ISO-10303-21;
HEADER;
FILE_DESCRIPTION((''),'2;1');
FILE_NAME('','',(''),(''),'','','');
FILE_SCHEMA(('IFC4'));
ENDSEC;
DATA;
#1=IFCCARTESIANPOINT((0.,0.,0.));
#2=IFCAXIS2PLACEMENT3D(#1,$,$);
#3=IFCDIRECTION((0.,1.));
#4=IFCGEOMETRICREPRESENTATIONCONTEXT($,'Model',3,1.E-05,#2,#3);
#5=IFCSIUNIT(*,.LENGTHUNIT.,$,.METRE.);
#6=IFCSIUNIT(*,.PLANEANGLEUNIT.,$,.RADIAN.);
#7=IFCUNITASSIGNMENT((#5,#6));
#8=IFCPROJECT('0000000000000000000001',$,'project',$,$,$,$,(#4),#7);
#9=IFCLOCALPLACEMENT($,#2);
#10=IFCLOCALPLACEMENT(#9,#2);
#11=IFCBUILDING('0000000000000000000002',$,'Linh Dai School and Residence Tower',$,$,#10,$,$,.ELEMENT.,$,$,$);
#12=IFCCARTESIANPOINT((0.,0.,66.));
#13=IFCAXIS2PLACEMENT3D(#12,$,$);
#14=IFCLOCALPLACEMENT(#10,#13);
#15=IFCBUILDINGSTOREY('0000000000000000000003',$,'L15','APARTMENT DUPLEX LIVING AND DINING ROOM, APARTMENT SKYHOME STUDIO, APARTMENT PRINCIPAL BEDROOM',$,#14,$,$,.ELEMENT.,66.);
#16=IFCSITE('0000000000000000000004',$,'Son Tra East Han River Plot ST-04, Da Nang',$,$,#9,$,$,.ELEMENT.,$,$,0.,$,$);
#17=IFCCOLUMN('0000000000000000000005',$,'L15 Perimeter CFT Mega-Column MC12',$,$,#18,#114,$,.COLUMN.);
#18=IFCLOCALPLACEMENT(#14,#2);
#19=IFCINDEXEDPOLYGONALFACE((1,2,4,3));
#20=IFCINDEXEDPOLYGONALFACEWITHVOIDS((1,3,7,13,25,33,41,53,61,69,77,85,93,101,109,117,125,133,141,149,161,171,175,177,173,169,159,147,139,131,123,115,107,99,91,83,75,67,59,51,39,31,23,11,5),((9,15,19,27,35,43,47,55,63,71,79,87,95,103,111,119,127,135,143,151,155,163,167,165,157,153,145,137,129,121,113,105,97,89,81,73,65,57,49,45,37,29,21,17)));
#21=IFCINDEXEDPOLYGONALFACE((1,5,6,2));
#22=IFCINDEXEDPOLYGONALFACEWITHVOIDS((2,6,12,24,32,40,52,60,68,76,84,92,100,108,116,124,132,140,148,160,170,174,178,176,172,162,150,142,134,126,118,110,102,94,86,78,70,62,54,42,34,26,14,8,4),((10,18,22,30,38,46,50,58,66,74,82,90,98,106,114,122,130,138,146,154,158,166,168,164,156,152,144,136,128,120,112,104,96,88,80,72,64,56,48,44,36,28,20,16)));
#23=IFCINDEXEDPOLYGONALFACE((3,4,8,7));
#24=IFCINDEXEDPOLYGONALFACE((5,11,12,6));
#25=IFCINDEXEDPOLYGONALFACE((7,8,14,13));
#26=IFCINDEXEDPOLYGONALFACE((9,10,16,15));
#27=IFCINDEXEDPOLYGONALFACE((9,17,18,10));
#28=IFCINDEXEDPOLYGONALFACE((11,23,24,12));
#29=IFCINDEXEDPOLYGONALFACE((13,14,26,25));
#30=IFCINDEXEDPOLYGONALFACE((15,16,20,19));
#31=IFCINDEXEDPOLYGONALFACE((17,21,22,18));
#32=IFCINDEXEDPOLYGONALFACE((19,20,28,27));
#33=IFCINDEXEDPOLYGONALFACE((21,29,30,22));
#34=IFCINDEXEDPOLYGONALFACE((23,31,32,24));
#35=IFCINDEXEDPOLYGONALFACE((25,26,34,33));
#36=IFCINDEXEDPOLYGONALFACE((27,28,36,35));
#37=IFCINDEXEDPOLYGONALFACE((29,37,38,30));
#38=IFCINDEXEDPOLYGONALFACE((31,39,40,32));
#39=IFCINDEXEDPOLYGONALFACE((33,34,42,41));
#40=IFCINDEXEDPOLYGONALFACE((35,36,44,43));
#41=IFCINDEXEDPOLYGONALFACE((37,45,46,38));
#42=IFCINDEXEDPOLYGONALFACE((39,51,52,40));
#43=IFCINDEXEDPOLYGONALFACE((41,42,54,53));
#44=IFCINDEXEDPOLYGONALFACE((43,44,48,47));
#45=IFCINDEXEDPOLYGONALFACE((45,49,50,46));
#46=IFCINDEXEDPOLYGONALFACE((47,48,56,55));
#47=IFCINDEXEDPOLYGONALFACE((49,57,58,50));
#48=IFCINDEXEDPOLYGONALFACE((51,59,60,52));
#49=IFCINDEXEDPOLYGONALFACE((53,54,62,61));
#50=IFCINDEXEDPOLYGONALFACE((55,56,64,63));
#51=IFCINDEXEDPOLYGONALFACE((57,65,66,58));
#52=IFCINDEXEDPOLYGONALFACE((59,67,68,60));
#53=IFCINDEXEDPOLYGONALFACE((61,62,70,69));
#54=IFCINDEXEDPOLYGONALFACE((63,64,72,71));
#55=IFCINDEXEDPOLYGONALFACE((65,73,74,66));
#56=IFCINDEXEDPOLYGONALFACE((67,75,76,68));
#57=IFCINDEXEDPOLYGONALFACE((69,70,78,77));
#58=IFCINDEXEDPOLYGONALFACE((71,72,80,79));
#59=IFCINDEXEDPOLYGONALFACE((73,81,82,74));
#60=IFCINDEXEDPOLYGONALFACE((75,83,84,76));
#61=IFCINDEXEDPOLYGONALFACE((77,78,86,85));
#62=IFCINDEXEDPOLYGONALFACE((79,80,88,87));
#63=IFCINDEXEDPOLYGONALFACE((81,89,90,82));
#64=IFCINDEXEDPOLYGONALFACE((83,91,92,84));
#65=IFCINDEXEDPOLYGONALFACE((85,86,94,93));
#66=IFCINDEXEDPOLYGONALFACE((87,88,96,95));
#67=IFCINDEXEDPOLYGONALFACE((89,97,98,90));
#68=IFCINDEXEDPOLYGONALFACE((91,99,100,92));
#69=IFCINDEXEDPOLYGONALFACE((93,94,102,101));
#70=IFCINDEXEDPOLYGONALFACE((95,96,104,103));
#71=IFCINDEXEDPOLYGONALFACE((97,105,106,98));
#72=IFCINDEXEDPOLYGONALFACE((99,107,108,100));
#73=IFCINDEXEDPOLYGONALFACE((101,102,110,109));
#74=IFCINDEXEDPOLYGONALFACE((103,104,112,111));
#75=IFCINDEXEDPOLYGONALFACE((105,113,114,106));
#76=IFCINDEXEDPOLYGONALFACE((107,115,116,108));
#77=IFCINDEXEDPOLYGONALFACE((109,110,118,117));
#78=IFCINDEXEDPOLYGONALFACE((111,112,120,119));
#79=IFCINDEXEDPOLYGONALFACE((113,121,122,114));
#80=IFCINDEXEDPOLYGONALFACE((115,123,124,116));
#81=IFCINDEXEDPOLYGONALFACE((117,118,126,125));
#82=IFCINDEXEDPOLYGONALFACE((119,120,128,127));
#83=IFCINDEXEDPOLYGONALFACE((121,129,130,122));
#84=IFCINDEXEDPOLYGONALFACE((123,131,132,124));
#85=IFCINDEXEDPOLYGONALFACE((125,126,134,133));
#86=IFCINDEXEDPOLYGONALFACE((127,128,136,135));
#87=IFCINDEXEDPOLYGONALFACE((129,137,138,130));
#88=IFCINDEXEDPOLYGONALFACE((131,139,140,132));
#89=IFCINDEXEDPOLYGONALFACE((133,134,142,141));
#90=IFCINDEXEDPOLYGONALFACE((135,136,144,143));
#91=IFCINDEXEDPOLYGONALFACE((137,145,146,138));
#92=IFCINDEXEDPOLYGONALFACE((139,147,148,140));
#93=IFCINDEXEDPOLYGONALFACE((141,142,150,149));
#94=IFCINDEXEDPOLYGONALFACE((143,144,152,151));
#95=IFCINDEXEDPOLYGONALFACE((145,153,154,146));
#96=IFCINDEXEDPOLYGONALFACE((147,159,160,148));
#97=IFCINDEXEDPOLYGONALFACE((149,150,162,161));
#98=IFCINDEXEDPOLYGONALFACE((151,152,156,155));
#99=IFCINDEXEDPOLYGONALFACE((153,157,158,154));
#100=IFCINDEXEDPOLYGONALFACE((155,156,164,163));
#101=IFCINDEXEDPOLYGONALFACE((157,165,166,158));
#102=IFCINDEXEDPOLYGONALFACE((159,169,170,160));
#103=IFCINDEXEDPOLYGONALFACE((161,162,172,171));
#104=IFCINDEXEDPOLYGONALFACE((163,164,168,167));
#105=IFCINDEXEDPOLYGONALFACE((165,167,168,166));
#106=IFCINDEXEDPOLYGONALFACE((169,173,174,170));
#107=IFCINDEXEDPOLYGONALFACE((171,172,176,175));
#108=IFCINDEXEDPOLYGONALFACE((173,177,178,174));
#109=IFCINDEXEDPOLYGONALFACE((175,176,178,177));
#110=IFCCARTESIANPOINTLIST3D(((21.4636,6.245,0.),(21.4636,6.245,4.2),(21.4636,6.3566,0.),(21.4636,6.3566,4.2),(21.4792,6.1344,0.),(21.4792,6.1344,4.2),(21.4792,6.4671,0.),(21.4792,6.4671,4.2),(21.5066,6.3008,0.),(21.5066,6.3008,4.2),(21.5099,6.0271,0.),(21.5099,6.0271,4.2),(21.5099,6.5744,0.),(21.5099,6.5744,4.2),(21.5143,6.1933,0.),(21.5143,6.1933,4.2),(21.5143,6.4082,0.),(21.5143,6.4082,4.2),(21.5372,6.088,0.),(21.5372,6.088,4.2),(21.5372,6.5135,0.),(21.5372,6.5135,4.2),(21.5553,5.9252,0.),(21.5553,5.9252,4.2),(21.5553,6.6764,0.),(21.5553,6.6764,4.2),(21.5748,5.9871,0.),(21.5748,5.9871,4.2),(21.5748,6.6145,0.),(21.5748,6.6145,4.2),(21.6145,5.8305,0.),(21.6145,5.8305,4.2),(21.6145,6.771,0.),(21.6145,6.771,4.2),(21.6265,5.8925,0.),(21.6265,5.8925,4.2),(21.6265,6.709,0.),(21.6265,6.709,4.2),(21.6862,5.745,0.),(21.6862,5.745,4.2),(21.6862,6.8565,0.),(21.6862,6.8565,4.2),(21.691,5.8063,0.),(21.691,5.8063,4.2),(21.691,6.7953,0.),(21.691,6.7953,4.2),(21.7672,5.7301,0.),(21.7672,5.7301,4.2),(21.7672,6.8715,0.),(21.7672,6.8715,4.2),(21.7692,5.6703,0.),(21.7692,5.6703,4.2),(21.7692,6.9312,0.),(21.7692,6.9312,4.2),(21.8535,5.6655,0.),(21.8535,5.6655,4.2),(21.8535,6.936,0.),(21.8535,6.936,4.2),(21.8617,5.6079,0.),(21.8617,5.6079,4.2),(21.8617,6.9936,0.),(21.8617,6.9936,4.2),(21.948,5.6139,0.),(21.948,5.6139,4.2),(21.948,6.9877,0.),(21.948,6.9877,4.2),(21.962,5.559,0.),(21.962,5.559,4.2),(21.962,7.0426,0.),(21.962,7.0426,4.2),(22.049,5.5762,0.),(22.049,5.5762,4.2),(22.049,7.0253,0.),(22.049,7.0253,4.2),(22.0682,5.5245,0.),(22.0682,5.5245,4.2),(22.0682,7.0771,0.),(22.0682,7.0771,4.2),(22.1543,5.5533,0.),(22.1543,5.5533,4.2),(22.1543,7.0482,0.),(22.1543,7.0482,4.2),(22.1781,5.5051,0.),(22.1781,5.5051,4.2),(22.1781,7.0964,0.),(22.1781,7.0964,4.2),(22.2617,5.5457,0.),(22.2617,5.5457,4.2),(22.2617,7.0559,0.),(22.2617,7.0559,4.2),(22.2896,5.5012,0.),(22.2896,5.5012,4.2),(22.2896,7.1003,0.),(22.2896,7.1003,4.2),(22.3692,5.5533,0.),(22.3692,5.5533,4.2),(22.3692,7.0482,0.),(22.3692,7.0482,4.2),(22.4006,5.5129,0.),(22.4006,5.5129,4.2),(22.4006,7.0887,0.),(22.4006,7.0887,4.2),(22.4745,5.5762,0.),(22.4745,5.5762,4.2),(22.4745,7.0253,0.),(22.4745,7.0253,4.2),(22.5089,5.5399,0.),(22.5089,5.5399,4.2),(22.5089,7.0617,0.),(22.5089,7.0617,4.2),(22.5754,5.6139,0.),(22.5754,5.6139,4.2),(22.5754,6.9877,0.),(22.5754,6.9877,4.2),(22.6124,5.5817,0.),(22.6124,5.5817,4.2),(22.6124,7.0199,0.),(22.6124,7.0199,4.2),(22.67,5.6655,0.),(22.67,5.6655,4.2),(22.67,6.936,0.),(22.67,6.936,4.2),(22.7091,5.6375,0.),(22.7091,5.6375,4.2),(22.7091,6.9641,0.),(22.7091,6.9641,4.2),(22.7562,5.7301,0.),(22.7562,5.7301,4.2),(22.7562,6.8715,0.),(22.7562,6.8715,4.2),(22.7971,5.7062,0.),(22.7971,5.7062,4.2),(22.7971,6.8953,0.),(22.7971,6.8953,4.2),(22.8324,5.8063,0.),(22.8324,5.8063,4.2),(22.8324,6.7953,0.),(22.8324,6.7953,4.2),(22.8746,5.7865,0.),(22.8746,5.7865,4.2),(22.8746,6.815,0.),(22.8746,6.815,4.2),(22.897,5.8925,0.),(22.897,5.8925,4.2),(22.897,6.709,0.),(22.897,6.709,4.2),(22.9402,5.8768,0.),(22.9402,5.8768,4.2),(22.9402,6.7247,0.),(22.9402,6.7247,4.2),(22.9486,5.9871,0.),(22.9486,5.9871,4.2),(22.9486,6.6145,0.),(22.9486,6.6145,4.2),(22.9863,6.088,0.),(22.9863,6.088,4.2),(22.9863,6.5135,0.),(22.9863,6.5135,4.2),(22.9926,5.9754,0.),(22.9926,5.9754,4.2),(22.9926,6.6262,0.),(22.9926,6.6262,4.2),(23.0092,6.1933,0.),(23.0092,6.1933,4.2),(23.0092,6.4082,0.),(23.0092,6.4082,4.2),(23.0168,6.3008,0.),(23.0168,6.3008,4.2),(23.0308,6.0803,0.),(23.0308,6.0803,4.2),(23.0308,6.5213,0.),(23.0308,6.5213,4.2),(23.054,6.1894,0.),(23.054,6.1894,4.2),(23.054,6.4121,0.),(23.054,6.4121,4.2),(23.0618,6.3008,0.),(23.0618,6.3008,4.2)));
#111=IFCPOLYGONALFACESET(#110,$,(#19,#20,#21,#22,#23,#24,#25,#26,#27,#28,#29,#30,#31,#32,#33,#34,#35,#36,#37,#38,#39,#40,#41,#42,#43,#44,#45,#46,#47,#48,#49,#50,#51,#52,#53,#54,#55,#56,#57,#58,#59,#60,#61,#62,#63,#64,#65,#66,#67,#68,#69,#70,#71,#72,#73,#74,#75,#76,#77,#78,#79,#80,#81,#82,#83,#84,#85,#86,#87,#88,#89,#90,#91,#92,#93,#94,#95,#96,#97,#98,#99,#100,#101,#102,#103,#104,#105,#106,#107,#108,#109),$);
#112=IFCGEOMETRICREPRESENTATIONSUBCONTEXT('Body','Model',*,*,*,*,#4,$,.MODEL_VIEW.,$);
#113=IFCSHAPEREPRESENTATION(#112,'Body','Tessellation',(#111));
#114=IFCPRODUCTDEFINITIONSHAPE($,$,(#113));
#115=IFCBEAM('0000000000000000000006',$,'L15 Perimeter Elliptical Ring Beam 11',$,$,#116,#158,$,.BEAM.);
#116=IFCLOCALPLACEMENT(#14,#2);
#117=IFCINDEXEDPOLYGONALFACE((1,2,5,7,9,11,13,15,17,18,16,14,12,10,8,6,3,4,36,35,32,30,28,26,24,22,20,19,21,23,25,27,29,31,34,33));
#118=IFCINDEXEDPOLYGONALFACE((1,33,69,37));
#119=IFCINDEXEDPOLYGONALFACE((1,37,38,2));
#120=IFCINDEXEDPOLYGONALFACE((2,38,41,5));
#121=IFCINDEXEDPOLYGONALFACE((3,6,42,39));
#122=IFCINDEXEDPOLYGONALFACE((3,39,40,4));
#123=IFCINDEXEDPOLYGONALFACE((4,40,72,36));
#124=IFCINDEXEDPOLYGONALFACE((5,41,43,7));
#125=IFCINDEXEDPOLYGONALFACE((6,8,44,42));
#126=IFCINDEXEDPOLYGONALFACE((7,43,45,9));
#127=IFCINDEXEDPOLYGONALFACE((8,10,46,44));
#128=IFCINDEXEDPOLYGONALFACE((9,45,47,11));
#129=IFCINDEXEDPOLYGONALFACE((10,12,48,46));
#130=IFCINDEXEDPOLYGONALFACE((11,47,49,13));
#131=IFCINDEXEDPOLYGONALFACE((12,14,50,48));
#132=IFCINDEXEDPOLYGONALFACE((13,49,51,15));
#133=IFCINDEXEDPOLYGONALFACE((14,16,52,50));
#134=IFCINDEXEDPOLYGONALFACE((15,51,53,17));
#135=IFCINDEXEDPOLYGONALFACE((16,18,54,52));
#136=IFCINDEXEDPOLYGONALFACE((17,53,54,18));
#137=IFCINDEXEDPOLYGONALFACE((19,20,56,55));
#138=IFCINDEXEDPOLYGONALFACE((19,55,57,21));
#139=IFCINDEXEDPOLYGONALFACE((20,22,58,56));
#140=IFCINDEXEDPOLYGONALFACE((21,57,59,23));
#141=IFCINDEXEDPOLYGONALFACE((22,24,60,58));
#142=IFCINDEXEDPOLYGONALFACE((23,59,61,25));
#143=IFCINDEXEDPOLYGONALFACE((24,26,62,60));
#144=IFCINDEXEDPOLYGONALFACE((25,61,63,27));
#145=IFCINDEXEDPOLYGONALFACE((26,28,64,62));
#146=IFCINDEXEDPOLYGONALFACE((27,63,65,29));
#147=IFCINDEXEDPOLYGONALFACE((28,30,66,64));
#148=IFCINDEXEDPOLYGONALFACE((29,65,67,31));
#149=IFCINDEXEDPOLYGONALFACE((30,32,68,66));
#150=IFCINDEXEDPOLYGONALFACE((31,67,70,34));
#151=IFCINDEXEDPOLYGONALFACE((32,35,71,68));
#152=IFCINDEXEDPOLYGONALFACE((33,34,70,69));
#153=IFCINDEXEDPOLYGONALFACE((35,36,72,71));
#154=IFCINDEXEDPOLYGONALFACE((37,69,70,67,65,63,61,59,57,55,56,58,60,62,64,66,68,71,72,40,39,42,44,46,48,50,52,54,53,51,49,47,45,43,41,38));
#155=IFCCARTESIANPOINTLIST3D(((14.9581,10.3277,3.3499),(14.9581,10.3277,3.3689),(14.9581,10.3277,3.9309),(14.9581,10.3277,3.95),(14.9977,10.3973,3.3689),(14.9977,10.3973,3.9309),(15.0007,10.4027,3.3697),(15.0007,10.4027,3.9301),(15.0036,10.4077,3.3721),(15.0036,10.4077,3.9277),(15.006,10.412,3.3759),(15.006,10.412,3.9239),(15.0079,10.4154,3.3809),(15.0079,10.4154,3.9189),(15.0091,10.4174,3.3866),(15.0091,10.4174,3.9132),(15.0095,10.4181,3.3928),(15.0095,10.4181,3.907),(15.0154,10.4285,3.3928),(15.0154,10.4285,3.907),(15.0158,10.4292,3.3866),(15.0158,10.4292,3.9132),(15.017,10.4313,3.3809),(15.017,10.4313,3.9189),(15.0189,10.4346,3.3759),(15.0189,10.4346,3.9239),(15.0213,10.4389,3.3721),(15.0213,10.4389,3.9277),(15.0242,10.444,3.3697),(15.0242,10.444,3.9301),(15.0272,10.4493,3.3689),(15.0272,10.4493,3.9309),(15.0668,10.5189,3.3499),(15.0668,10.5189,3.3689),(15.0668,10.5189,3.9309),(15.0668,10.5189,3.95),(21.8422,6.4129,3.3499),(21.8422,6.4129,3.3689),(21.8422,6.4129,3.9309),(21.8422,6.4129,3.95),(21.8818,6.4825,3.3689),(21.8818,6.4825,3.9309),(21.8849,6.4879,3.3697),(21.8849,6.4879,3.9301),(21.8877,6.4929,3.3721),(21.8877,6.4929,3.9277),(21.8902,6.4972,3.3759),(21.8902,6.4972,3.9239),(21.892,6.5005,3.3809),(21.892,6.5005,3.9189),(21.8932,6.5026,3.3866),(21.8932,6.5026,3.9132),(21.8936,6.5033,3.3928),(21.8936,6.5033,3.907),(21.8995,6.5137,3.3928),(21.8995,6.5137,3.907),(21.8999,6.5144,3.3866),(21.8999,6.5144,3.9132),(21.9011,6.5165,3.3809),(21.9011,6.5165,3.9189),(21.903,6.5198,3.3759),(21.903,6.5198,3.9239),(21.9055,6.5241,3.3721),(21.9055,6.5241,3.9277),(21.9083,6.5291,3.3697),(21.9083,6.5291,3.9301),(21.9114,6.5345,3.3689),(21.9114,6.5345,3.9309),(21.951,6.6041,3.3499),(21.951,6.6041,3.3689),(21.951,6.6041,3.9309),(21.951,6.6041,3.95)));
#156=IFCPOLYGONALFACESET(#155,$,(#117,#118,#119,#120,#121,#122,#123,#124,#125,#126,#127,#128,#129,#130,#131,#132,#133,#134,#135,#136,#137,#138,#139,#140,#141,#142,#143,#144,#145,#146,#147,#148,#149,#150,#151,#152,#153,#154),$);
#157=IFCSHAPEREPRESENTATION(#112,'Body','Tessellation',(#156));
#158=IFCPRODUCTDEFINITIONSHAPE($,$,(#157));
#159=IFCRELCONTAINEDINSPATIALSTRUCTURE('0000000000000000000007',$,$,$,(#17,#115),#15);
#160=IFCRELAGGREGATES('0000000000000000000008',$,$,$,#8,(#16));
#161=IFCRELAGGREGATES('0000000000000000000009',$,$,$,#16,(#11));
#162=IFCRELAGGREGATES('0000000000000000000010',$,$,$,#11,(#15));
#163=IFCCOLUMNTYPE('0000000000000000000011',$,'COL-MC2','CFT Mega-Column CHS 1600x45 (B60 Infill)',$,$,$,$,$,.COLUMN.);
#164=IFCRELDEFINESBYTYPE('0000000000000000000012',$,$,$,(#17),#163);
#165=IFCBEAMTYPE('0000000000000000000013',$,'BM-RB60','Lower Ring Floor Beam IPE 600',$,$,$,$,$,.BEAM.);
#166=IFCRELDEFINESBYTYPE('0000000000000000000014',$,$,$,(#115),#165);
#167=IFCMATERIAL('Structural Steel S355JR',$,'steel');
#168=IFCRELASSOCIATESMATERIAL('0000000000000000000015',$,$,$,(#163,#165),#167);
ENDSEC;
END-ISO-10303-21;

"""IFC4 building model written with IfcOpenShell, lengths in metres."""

from ifc_helpers import new_model, si_unit, direction, frame, origin, origin_2d, place, context, subcontext, project, spatial, hollow_circle, i_section, extrude, material, material_profile, profile_set, type_object, element, save


model = new_model("IFC4")

# Units and contexts
model_context = context("Model", 3, precision=1e-05, world=origin(), true_north=direction((0.0, 1.0)))
body_context = subcontext(model_context, "Body", "Model", "MODEL_VIEW")
ifc_project = project(units=[si_unit("LENGTHUNIT", "METRE"), si_unit("PLANEANGLEUNIT", "RADIAN")], contexts=[model_context])

# Site, building, storey
site_placement = place(None, origin())
site = spatial("IfcSite", under=ifc_project, at=site_placement, Name="Son Tra East Han River Plot ST-04, Da Nang", CompositionType="ELEMENT", RefElevation=0.0)
building_placement = place(site_placement, origin())
building = spatial("IfcBuilding", under=site, at=building_placement, Name="Linh Dai School and Residence Tower", CompositionType="ELEMENT")
storey_placement = place(building_placement, frame((0.0, 0.0, 66.0)))
storey = spatial("IfcBuildingStorey", under=building, at=storey_placement, Name="L15", Description="APARTMENT DUPLEX LIVING AND DINING ROOM, APARTMENT SKYHOME STUDIO, APARTMENT PRINCIPAL BEDROOM", CompositionType="ELEMENT", Elevation=66.0)

# Column
ifc_material_1 = material(Name="Structural Steel S355JR", Category="steel")
ifc_material_profile_1 = material_profile(ifc_material_1, hollow_circle(Radius=0.8, WallThickness=0.0449, at=origin_2d()), Name="CHS 1600x45")
ifc_profile_set_1 = profile_set([ifc_material_profile_1], Name="Structural Steel S355JR")
column_type_1 = type_object("IfcColumnType", Name="COL-MC2", Description="CFT Mega-Column CHS 1600x45 (B60 Infill)", PredefinedType="COLUMN", material=ifc_profile_set_1)
for number, where, z_axis, x_axis, name in (
    (1, (22.2617, 6.3008, 0.0), (0.0, 0.0, 1.0), (1.0, 0.0, 0.0), "L15 Perimeter CFT Mega-Column MC12"),
):
    element("IfcColumn", number, at=place(storey_placement, frame(where, z_axis=z_axis, x_axis=x_axis)), inside=storey, type_object=column_type_1, Name=name, PredefinedType="COLUMN", context=body_context, shape_type="SweptSolid", body=[
        extrude(hollow_circle(Radius=0.8, WallThickness=0.0449, at=origin_2d()), origin(), (0.0, 0.0, 1.0), 4.2),
    ])

# Beam
ifc_material_profile_2 = material_profile(ifc_material_1, i_section(OverallWidth=0.22, OverallDepth=0.6001, WebThickness=0.012, FlangeThickness=0.019, FilletRadius=0.0239, at=origin_2d()), Name="IPE 600")
ifc_profile_set_2 = profile_set([ifc_material_profile_2], Name="Structural Steel S355JR")
beam_type_1 = type_object("IfcBeamType", Name="BM-RB60", Description="Lower Ring Floor Beam IPE 600", PredefinedType="BEAM", material=ifc_profile_set_2)
beam_1_placement = place(storey_placement, frame((15.0125, 10.4233, 3.6499), z_axis=(0.869271, -0.494335, 0.0), x_axis=(0.494335, 0.869271, 0.0)))
element("IfcBeam", 2, at=beam_1_placement, inside=storey, type_object=beam_type_1, Name="L15 Perimeter Elliptical Ring Beam 11", PredefinedType="BEAM", context=body_context, shape_type="SweptSolid", body=[
    extrude(i_section(OverallWidth=0.22, OverallDepth=0.6001, WebThickness=0.012, FlangeThickness=0.019, FilletRadius=0.0239, at=origin_2d()), origin(), (0.0, 0.0, 1.0), 7.9194),
])

save(model, "model.ifc")
